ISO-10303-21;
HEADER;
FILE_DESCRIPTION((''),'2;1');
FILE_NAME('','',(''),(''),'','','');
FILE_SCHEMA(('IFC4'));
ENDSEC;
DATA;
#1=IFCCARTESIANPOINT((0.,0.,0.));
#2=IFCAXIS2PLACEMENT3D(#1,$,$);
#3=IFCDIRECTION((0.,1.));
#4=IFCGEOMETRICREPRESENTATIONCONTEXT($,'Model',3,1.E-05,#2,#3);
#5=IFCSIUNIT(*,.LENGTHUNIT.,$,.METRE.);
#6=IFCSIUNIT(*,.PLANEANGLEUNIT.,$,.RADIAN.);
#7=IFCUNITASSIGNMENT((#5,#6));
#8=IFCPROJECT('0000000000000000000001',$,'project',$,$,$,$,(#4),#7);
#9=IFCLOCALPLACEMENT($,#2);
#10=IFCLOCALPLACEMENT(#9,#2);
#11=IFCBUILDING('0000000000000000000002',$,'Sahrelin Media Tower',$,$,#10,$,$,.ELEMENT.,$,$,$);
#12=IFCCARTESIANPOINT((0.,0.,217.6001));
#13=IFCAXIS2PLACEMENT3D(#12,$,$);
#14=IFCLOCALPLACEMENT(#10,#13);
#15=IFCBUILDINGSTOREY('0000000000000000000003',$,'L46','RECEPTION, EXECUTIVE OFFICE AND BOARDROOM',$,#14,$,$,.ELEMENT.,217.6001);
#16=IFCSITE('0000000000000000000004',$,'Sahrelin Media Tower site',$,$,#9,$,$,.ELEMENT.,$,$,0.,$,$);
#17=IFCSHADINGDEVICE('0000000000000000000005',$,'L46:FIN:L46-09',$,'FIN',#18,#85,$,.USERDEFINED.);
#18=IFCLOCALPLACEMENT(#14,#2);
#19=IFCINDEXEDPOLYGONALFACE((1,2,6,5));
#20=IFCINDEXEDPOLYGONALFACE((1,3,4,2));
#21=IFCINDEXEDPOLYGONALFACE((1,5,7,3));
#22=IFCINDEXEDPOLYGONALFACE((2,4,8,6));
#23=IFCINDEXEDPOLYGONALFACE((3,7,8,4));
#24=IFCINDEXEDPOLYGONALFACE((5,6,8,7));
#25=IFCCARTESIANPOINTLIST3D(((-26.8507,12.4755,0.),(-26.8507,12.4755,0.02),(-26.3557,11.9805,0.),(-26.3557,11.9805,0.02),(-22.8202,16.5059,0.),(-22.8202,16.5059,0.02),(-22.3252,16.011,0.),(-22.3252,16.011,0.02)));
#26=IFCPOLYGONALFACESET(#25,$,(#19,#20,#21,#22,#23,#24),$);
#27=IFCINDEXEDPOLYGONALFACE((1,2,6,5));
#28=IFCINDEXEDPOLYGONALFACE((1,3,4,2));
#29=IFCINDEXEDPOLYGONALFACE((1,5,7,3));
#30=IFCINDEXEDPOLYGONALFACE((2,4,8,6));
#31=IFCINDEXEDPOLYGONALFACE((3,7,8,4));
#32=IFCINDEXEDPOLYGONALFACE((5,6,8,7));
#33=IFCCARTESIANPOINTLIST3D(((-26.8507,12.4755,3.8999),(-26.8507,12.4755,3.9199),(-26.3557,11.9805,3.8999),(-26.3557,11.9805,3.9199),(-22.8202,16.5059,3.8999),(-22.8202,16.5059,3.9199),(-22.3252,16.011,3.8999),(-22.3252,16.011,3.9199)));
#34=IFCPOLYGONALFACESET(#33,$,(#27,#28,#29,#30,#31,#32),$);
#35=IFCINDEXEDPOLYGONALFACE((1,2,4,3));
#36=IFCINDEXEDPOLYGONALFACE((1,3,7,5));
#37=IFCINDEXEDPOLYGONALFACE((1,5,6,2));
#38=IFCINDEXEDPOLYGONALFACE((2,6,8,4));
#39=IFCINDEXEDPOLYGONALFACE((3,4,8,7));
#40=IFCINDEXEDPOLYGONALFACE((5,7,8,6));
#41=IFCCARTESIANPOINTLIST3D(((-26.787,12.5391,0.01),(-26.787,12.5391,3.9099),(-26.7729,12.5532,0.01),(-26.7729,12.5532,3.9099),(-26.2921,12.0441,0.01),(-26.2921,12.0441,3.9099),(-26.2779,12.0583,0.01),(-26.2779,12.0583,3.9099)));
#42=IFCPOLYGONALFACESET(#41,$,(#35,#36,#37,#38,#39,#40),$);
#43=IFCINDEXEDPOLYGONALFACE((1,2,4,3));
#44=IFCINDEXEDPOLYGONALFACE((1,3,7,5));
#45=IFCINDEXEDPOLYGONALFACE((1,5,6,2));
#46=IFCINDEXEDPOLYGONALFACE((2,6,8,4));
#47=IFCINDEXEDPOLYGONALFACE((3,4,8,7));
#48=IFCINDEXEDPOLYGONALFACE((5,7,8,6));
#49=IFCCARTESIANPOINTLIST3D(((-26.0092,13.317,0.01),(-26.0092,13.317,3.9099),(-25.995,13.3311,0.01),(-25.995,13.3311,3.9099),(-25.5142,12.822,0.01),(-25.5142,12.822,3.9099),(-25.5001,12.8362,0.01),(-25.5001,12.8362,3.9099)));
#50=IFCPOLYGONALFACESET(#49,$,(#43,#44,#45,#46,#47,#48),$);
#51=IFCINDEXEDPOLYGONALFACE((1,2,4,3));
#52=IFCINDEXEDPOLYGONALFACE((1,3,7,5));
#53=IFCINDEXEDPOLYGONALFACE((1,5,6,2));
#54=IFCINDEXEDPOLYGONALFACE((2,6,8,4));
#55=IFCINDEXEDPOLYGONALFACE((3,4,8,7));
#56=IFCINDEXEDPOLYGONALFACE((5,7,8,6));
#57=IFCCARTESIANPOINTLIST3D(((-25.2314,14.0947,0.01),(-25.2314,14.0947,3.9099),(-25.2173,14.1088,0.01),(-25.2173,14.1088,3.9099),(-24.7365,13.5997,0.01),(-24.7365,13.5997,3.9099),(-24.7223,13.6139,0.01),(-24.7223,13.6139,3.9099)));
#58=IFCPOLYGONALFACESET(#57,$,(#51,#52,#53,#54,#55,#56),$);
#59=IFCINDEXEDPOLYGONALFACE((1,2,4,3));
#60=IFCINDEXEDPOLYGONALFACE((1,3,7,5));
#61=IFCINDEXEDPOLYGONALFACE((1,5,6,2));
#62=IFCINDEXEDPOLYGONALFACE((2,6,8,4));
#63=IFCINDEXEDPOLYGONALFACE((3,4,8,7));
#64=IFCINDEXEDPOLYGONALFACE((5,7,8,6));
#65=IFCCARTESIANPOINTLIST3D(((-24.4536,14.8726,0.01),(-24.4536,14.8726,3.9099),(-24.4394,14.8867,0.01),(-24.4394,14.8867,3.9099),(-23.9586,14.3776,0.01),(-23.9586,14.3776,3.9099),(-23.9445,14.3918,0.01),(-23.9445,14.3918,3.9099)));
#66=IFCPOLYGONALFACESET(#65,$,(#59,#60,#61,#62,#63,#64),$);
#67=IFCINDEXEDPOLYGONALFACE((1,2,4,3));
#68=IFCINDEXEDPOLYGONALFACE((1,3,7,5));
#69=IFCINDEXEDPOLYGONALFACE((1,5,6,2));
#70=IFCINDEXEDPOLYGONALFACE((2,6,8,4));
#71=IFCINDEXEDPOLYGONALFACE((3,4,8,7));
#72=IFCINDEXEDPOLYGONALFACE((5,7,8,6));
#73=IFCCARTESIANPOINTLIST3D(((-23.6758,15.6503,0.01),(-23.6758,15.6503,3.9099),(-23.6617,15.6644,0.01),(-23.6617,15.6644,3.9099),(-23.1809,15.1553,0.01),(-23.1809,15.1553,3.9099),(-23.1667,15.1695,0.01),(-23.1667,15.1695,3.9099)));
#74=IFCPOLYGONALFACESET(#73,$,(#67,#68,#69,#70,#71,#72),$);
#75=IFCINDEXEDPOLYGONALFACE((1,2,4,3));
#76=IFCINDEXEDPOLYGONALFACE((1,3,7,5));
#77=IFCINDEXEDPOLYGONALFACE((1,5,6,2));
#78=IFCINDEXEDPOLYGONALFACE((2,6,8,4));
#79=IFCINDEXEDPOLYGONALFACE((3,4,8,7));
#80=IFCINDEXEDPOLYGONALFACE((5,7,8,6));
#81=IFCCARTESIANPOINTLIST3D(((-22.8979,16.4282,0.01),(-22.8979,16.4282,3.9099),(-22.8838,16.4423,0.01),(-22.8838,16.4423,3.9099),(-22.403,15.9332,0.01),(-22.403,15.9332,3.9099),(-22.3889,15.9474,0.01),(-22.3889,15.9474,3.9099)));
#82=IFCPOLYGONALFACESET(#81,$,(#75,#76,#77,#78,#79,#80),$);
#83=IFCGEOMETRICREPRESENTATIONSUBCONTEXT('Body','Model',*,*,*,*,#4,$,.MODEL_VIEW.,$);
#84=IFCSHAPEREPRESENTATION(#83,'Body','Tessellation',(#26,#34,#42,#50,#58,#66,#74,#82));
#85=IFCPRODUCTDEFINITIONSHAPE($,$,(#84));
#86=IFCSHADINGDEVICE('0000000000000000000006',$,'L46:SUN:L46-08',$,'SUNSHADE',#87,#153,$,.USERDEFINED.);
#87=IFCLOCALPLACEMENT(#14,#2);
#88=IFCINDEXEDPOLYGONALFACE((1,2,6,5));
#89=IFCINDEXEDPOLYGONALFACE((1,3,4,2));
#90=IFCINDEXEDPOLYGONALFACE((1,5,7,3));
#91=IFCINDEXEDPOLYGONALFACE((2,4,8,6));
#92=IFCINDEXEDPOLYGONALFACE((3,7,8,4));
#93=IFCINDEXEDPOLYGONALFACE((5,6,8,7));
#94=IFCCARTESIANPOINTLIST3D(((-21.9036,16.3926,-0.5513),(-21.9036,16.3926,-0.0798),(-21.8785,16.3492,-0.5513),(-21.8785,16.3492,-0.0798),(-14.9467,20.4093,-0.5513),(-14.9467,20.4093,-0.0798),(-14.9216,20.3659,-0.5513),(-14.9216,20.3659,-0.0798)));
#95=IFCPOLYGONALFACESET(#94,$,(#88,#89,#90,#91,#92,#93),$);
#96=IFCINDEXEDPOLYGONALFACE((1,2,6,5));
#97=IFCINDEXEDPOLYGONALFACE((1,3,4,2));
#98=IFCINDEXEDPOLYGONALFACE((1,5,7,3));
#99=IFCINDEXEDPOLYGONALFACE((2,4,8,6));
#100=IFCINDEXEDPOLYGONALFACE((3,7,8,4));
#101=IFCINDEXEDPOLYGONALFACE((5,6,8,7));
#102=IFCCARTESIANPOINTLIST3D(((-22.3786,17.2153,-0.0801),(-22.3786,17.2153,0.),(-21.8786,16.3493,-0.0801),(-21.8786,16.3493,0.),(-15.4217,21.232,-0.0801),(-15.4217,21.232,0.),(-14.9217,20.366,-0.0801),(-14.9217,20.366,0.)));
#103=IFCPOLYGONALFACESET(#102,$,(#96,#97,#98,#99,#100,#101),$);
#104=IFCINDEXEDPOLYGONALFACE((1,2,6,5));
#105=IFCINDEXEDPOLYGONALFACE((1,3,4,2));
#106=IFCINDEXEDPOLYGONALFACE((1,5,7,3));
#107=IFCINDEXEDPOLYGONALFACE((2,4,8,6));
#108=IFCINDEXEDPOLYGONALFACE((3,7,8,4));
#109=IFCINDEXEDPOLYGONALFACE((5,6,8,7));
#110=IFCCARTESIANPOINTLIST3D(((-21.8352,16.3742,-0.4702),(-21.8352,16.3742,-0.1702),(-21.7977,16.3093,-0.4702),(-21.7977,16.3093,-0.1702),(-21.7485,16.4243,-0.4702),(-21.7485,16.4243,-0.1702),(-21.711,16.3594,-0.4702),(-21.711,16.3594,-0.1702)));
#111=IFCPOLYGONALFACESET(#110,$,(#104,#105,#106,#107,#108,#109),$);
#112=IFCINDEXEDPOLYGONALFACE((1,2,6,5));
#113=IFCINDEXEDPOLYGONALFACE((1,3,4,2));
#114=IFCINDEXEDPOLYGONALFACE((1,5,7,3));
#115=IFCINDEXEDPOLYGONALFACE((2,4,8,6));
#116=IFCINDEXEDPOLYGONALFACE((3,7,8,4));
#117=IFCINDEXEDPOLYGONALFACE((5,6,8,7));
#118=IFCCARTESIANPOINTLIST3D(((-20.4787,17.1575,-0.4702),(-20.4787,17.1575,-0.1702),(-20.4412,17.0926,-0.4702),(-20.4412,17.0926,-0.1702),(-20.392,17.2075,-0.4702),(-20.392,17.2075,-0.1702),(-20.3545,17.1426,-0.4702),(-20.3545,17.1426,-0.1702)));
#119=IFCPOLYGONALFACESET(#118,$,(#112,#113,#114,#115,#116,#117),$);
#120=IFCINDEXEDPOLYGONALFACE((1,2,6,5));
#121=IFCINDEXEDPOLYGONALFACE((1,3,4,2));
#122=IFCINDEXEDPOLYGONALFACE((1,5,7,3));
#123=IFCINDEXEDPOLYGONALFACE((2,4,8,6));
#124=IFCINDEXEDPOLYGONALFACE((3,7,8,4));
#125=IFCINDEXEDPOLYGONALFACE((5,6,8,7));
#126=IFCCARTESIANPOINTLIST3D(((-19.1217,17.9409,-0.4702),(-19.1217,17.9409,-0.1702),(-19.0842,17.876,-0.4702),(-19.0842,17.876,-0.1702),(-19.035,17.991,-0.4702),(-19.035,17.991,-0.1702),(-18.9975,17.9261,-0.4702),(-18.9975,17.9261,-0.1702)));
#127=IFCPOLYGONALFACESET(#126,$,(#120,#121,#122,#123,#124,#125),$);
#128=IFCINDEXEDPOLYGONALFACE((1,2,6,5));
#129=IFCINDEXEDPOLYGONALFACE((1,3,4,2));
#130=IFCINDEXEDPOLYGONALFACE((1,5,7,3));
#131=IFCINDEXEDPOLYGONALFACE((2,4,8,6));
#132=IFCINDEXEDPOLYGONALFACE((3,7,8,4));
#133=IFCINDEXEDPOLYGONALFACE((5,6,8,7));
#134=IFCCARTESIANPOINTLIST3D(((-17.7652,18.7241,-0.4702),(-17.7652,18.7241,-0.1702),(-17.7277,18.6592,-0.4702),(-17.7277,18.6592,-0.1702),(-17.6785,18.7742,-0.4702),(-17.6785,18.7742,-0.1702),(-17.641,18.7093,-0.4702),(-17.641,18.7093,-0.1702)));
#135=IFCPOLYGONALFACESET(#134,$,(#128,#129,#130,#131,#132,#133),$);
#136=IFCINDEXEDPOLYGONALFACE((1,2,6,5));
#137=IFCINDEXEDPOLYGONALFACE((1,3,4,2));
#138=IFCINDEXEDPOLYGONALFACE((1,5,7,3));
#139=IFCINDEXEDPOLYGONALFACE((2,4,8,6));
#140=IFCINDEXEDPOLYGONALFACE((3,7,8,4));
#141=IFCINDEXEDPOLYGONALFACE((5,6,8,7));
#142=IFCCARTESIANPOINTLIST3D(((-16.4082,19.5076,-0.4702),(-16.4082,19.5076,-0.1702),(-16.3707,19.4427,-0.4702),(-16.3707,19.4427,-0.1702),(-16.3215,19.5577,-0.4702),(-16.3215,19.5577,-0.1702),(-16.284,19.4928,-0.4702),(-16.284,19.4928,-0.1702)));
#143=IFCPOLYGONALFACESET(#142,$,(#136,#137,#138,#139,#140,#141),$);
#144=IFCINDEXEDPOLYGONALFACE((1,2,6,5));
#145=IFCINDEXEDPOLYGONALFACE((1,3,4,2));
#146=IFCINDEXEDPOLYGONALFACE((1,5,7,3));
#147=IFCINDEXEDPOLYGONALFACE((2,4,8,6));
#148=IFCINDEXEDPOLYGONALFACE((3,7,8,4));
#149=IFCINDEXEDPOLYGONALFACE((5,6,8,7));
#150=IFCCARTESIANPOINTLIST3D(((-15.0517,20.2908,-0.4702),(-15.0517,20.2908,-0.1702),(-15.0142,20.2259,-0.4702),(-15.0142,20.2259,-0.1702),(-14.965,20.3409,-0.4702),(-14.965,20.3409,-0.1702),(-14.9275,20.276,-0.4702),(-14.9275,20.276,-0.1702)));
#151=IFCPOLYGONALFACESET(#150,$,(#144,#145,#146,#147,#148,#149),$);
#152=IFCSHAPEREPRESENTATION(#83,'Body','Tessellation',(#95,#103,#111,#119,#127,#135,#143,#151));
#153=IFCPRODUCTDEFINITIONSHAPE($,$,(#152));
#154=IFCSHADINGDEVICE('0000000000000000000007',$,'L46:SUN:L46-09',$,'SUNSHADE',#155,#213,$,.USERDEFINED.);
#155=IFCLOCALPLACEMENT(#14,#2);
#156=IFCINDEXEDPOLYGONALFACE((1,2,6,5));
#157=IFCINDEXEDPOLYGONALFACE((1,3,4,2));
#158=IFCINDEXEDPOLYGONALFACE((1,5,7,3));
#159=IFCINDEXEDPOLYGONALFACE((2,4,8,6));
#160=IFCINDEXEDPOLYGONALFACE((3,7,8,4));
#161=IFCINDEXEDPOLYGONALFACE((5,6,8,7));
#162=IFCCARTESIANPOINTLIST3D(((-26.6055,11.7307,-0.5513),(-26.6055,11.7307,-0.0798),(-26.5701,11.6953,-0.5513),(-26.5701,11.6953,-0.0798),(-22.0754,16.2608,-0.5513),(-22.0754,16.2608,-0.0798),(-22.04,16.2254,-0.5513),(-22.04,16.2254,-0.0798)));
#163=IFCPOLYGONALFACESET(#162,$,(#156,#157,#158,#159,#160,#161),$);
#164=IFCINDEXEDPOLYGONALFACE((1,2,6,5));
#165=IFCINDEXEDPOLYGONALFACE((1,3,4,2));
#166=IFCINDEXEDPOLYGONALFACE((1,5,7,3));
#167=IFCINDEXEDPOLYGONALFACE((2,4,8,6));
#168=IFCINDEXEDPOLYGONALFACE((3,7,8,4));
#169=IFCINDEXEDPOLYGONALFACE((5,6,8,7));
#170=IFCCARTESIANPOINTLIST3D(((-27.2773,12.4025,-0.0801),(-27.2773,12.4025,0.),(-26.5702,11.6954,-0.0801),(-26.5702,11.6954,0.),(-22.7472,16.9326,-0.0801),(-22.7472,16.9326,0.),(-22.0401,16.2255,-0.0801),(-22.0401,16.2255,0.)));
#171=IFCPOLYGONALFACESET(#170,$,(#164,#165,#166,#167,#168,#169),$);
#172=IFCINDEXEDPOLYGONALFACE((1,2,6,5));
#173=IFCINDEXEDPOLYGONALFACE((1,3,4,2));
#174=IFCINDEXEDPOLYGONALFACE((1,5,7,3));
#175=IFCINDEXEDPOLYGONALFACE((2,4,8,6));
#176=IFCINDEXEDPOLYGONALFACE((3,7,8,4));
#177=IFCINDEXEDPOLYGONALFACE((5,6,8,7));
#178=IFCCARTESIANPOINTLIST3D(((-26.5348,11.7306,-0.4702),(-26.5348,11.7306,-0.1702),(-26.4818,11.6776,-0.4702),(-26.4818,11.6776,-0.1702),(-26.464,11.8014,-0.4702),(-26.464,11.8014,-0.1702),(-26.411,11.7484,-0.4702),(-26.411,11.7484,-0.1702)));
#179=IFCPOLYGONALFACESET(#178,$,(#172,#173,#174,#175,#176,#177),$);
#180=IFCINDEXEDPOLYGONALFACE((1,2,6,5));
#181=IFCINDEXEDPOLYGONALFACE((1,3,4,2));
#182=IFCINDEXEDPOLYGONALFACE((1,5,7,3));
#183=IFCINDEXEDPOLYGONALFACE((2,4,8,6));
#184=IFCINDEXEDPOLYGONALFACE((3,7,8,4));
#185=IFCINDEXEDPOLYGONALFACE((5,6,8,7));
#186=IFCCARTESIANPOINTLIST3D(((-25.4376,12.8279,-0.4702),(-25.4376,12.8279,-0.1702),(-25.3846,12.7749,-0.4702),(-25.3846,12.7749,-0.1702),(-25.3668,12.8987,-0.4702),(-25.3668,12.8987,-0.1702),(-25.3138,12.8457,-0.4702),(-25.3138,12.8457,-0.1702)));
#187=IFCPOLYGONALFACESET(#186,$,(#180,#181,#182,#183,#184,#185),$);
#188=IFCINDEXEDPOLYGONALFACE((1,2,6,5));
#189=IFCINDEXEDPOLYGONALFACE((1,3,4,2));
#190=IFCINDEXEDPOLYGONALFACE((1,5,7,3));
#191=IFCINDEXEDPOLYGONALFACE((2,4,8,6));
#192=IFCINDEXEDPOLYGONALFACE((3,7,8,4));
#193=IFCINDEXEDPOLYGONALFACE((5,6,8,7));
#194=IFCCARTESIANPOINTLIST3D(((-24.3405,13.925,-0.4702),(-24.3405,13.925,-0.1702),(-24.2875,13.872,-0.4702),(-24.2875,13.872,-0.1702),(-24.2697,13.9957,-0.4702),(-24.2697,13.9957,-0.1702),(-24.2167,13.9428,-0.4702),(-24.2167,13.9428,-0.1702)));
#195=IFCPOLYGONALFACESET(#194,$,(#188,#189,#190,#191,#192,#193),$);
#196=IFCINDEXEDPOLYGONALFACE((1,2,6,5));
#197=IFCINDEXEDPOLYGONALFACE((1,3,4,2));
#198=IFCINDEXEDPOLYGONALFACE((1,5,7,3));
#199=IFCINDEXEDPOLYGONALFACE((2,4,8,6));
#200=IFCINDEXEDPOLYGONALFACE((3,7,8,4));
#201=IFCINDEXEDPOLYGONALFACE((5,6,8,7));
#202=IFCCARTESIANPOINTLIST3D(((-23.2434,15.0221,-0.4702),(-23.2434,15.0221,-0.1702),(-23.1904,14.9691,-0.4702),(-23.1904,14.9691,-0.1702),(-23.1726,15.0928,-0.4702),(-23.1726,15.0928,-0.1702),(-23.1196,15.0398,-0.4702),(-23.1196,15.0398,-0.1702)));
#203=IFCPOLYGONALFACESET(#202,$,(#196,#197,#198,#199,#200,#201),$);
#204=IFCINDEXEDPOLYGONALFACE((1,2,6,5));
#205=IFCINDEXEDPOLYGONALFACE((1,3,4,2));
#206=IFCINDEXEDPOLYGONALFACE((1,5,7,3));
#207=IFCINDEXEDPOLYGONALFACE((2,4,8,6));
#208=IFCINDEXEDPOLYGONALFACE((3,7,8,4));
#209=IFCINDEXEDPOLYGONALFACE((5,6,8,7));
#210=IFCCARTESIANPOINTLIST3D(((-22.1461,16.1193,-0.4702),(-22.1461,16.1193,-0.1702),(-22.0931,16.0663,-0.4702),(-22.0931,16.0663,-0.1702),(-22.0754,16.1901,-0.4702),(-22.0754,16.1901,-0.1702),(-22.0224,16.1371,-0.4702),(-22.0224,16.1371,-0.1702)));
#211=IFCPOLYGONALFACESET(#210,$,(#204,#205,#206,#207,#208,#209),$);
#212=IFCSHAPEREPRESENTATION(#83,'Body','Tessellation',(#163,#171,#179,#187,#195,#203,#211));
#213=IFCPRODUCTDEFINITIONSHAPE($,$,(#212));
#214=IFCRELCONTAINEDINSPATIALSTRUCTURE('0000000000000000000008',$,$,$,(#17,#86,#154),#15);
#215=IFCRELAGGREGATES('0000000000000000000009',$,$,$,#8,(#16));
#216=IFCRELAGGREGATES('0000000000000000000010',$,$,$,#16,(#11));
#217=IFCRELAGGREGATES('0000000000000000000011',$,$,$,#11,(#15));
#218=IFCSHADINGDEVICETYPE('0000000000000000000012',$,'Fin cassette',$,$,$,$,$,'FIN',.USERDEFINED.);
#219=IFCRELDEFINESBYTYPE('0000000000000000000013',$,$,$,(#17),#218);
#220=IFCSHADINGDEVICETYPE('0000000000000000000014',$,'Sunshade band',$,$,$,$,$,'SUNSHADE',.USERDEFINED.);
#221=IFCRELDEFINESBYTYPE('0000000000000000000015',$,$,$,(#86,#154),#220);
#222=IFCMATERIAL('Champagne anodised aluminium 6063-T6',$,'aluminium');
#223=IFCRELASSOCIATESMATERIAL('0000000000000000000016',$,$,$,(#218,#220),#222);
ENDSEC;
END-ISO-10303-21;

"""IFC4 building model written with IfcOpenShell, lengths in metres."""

from ifc_helpers import new_model, si_unit, direction, frame, origin, origin_2d, place, context, subcontext, project, spatial, rectangle, extrude, material, type_object, element, save


model = new_model("IFC4")

# Units and contexts
model_context = context("Model", 3, precision=1e-05, world=origin(), true_north=direction((0.0, 1.0)))
body_context = subcontext(model_context, "Body", "Model", "MODEL_VIEW")
ifc_project = project(units=[si_unit("LENGTHUNIT", "METRE"), si_unit("PLANEANGLEUNIT", "RADIAN")], contexts=[model_context])

# Site, building, storey
site_placement = place(None, origin())
site = spatial("IfcSite", under=ifc_project, at=site_placement, Name="Sahrelin Media Tower site", CompositionType="ELEMENT", RefElevation=0.0)
building_placement = place(site_placement, origin())
building = spatial("IfcBuilding", under=site, at=building_placement, Name="Sahrelin Media Tower", CompositionType="ELEMENT")
storey_placement = place(building_placement, frame((0.0, 0.0, 217.6001)))
storey = spatial("IfcBuildingStorey", under=building, at=storey_placement, Name="L46", Description="RECEPTION, EXECUTIVE OFFICE AND BOARDROOM", CompositionType="ELEMENT", Elevation=217.6001)

# Shared definitions
ifc_material_1 = material(Name="Champagne anodised aluminium 6063-T6", Category="aluminium")

# Shading devices
shading_device_type_1 = type_object("IfcShadingDeviceType", Name="Fin cassette", ElementType="FIN", PredefinedType="USERDEFINED", material=ifc_material_1)
placement_1 = place(storey_placement, frame((-18.3901, 18.3403, 0.0), z_axis=(0.0, 0.0, 1.0), x_axis=(0.866019, 0.500011, 0.0)))
placement_2 = place(storey_placement, frame((-24.291, 13.9463, 0.0), z_axis=(0.0, 0.0, 1.0), x_axis=(0.707107, 0.707107, 0.0)))
element("IfcShadingDevice", 1, at=placement_2, inside=storey, type_object=shading_device_type_1, Name="L46:FIN:L46-09", ObjectType="FIN", PredefinedType="USERDEFINED", context=body_context, shape_type="SweptSolid", body=[
    extrude(rectangle(XDim=5.7, YDim=0.7, at=origin_2d()), frame((0.0, 0.4199, 0.0)), (0.0, 0.0, 1.0), 0.02),
    extrude(rectangle(XDim=5.7, YDim=0.7, at=origin_2d()), frame((0.0, 0.4199, 3.8999)), (0.0, 0.0, 1.0), 0.02),
    extrude(rectangle(XDim=0.02, YDim=0.7, at=origin_2d()), frame((-2.75, 0.4199, 0.01), z_axis=(0.0, 0.0, 1.0), x_axis=(1.0, 0.0, 0.0)), (0.0, 0.0, 1.0), 3.8999),
    extrude(rectangle(XDim=0.02, YDim=0.7, at=origin_2d()), frame((-1.6499, 0.4199, 0.01), z_axis=(0.0, 0.0, 1.0), x_axis=(1.0, 0.0, 0.0)), (0.0, 0.0, 1.0), 3.8999),
    extrude(rectangle(XDim=0.02, YDim=0.7, at=origin_2d()), frame((-0.55, 0.4199, 0.01), z_axis=(0.0, 0.0, 1.0), x_axis=(1.0, 0.0, 0.0)), (0.0, 0.0, 1.0), 3.8999),
    extrude(rectangle(XDim=0.02, YDim=0.7, at=origin_2d()), frame((0.55, 0.4199, 0.01), z_axis=(0.0, 0.0, 1.0), x_axis=(1.0, 0.0, 0.0)), (0.0, 0.0, 1.0), 3.8999),
    extrude(rectangle(XDim=0.02, YDim=0.7, at=origin_2d()), frame((1.6499, 0.4199, 0.01), z_axis=(0.0, 0.0, 1.0), x_axis=(1.0, 0.0, 0.0)), (0.0, 0.0, 1.0), 3.8999),
    extrude(rectangle(XDim=0.02, YDim=0.7, at=origin_2d()), frame((2.75, 0.4199, 0.01), z_axis=(0.0, 0.0, 1.0), x_axis=(1.0, 0.0, 0.0)), (0.0, 0.0, 1.0), 3.8999),
])
shading_device_type_2 = type_object("IfcShadingDeviceType", Name="Sunshade band", ElementType="SUNSHADE", PredefinedType="USERDEFINED", material=ifc_material_1)
element("IfcShadingDevice", 2, at=placement_1, inside=storey, type_object=shading_device_type_2, Name="L46:SUN:L46-08", ObjectType="SUNSHADE", PredefinedType="USERDEFINED", context=body_context, shape_type="SweptSolid", body=[
    extrude(rectangle(XDim=8.0332, YDim=0.05, at=origin_2d()), frame((0.0, 0.0449, -0.5513)), (0.0, 0.0, 1.0), 0.4714),
    extrude(rectangle(XDim=8.0332, YDim=1.0, at=origin_2d()), frame((0.0, 0.52, -0.0801)), (0.0, 0.0, 1.0), 0.0801),
    extrude(rectangle(XDim=0.1001, YDim=0.075, at=origin_2d()), frame((-3.9165, -0.0176, -0.4702)), (0.0, 0.0, 1.0), 0.3),
    extrude(rectangle(XDim=0.1001, YDim=0.075, at=origin_2d()), frame((-2.3501, -0.0176, -0.4702)), (0.0, 0.0, 1.0), 0.3),
    extrude(rectangle(XDim=0.1001, YDim=0.075, at=origin_2d()), frame((-0.7832, -0.0176, -0.4702)), (0.0, 0.0, 1.0), 0.3),
    extrude(rectangle(XDim=0.1001, YDim=0.075, at=origin_2d()), frame((0.7832, -0.0176, -0.4702)), (0.0, 0.0, 1.0), 0.3),
    extrude(rectangle(XDim=0.1001, YDim=0.075, at=origin_2d()), frame((2.3501, -0.0176, -0.4702)), (0.0, 0.0, 1.0), 0.3),
    extrude(rectangle(XDim=0.1001, YDim=0.075, at=origin_2d()), frame((3.9165, -0.0176, -0.4702)), (0.0, 0.0, 1.0), 0.3),
])
element("IfcShadingDevice", 3, at=placement_2, inside=storey, type_object=shading_device_type_2, Name="L46:SUN:L46-09", ObjectType="SUNSHADE", PredefinedType="USERDEFINED", context=body_context, shape_type="SweptSolid", body=[
    extrude(rectangle(XDim=6.4065, YDim=0.05, at=origin_2d()), frame((0.0, 0.0449, -0.5513)), (0.0, 0.0, 1.0), 0.4714),
    extrude(rectangle(XDim=6.4065, YDim=1.0, at=origin_2d()), frame((0.0, 0.52, -0.0801)), (0.0, 0.0, 1.0), 0.0801),
    extrude(rectangle(XDim=0.1001, YDim=0.075, at=origin_2d()), frame((-3.1033, -0.0176, -0.4702)), (0.0, 0.0, 1.0), 0.3),
    extrude(rectangle(XDim=0.1001, YDim=0.075, at=origin_2d()), frame((-1.5515, -0.0176, -0.4702)), (0.0, 0.0, 1.0), 0.3),
    extrude(rectangle(XDim=0.1001, YDim=0.075, at=origin_2d()), frame((0.0, -0.0176, -0.4702)), (0.0, 0.0, 1.0), 0.3),
    extrude(rectangle(XDim=0.1001, YDim=0.075, at=origin_2d()), frame((1.5515, -0.0176, -0.4702)), (0.0, 0.0, 1.0), 0.3),
    extrude(rectangle(XDim=0.1001, YDim=0.075, at=origin_2d()), frame((3.1033, -0.0176, -0.4702)), (0.0, 0.0, 1.0), 0.3),
])

save(model, "model.ifc")
